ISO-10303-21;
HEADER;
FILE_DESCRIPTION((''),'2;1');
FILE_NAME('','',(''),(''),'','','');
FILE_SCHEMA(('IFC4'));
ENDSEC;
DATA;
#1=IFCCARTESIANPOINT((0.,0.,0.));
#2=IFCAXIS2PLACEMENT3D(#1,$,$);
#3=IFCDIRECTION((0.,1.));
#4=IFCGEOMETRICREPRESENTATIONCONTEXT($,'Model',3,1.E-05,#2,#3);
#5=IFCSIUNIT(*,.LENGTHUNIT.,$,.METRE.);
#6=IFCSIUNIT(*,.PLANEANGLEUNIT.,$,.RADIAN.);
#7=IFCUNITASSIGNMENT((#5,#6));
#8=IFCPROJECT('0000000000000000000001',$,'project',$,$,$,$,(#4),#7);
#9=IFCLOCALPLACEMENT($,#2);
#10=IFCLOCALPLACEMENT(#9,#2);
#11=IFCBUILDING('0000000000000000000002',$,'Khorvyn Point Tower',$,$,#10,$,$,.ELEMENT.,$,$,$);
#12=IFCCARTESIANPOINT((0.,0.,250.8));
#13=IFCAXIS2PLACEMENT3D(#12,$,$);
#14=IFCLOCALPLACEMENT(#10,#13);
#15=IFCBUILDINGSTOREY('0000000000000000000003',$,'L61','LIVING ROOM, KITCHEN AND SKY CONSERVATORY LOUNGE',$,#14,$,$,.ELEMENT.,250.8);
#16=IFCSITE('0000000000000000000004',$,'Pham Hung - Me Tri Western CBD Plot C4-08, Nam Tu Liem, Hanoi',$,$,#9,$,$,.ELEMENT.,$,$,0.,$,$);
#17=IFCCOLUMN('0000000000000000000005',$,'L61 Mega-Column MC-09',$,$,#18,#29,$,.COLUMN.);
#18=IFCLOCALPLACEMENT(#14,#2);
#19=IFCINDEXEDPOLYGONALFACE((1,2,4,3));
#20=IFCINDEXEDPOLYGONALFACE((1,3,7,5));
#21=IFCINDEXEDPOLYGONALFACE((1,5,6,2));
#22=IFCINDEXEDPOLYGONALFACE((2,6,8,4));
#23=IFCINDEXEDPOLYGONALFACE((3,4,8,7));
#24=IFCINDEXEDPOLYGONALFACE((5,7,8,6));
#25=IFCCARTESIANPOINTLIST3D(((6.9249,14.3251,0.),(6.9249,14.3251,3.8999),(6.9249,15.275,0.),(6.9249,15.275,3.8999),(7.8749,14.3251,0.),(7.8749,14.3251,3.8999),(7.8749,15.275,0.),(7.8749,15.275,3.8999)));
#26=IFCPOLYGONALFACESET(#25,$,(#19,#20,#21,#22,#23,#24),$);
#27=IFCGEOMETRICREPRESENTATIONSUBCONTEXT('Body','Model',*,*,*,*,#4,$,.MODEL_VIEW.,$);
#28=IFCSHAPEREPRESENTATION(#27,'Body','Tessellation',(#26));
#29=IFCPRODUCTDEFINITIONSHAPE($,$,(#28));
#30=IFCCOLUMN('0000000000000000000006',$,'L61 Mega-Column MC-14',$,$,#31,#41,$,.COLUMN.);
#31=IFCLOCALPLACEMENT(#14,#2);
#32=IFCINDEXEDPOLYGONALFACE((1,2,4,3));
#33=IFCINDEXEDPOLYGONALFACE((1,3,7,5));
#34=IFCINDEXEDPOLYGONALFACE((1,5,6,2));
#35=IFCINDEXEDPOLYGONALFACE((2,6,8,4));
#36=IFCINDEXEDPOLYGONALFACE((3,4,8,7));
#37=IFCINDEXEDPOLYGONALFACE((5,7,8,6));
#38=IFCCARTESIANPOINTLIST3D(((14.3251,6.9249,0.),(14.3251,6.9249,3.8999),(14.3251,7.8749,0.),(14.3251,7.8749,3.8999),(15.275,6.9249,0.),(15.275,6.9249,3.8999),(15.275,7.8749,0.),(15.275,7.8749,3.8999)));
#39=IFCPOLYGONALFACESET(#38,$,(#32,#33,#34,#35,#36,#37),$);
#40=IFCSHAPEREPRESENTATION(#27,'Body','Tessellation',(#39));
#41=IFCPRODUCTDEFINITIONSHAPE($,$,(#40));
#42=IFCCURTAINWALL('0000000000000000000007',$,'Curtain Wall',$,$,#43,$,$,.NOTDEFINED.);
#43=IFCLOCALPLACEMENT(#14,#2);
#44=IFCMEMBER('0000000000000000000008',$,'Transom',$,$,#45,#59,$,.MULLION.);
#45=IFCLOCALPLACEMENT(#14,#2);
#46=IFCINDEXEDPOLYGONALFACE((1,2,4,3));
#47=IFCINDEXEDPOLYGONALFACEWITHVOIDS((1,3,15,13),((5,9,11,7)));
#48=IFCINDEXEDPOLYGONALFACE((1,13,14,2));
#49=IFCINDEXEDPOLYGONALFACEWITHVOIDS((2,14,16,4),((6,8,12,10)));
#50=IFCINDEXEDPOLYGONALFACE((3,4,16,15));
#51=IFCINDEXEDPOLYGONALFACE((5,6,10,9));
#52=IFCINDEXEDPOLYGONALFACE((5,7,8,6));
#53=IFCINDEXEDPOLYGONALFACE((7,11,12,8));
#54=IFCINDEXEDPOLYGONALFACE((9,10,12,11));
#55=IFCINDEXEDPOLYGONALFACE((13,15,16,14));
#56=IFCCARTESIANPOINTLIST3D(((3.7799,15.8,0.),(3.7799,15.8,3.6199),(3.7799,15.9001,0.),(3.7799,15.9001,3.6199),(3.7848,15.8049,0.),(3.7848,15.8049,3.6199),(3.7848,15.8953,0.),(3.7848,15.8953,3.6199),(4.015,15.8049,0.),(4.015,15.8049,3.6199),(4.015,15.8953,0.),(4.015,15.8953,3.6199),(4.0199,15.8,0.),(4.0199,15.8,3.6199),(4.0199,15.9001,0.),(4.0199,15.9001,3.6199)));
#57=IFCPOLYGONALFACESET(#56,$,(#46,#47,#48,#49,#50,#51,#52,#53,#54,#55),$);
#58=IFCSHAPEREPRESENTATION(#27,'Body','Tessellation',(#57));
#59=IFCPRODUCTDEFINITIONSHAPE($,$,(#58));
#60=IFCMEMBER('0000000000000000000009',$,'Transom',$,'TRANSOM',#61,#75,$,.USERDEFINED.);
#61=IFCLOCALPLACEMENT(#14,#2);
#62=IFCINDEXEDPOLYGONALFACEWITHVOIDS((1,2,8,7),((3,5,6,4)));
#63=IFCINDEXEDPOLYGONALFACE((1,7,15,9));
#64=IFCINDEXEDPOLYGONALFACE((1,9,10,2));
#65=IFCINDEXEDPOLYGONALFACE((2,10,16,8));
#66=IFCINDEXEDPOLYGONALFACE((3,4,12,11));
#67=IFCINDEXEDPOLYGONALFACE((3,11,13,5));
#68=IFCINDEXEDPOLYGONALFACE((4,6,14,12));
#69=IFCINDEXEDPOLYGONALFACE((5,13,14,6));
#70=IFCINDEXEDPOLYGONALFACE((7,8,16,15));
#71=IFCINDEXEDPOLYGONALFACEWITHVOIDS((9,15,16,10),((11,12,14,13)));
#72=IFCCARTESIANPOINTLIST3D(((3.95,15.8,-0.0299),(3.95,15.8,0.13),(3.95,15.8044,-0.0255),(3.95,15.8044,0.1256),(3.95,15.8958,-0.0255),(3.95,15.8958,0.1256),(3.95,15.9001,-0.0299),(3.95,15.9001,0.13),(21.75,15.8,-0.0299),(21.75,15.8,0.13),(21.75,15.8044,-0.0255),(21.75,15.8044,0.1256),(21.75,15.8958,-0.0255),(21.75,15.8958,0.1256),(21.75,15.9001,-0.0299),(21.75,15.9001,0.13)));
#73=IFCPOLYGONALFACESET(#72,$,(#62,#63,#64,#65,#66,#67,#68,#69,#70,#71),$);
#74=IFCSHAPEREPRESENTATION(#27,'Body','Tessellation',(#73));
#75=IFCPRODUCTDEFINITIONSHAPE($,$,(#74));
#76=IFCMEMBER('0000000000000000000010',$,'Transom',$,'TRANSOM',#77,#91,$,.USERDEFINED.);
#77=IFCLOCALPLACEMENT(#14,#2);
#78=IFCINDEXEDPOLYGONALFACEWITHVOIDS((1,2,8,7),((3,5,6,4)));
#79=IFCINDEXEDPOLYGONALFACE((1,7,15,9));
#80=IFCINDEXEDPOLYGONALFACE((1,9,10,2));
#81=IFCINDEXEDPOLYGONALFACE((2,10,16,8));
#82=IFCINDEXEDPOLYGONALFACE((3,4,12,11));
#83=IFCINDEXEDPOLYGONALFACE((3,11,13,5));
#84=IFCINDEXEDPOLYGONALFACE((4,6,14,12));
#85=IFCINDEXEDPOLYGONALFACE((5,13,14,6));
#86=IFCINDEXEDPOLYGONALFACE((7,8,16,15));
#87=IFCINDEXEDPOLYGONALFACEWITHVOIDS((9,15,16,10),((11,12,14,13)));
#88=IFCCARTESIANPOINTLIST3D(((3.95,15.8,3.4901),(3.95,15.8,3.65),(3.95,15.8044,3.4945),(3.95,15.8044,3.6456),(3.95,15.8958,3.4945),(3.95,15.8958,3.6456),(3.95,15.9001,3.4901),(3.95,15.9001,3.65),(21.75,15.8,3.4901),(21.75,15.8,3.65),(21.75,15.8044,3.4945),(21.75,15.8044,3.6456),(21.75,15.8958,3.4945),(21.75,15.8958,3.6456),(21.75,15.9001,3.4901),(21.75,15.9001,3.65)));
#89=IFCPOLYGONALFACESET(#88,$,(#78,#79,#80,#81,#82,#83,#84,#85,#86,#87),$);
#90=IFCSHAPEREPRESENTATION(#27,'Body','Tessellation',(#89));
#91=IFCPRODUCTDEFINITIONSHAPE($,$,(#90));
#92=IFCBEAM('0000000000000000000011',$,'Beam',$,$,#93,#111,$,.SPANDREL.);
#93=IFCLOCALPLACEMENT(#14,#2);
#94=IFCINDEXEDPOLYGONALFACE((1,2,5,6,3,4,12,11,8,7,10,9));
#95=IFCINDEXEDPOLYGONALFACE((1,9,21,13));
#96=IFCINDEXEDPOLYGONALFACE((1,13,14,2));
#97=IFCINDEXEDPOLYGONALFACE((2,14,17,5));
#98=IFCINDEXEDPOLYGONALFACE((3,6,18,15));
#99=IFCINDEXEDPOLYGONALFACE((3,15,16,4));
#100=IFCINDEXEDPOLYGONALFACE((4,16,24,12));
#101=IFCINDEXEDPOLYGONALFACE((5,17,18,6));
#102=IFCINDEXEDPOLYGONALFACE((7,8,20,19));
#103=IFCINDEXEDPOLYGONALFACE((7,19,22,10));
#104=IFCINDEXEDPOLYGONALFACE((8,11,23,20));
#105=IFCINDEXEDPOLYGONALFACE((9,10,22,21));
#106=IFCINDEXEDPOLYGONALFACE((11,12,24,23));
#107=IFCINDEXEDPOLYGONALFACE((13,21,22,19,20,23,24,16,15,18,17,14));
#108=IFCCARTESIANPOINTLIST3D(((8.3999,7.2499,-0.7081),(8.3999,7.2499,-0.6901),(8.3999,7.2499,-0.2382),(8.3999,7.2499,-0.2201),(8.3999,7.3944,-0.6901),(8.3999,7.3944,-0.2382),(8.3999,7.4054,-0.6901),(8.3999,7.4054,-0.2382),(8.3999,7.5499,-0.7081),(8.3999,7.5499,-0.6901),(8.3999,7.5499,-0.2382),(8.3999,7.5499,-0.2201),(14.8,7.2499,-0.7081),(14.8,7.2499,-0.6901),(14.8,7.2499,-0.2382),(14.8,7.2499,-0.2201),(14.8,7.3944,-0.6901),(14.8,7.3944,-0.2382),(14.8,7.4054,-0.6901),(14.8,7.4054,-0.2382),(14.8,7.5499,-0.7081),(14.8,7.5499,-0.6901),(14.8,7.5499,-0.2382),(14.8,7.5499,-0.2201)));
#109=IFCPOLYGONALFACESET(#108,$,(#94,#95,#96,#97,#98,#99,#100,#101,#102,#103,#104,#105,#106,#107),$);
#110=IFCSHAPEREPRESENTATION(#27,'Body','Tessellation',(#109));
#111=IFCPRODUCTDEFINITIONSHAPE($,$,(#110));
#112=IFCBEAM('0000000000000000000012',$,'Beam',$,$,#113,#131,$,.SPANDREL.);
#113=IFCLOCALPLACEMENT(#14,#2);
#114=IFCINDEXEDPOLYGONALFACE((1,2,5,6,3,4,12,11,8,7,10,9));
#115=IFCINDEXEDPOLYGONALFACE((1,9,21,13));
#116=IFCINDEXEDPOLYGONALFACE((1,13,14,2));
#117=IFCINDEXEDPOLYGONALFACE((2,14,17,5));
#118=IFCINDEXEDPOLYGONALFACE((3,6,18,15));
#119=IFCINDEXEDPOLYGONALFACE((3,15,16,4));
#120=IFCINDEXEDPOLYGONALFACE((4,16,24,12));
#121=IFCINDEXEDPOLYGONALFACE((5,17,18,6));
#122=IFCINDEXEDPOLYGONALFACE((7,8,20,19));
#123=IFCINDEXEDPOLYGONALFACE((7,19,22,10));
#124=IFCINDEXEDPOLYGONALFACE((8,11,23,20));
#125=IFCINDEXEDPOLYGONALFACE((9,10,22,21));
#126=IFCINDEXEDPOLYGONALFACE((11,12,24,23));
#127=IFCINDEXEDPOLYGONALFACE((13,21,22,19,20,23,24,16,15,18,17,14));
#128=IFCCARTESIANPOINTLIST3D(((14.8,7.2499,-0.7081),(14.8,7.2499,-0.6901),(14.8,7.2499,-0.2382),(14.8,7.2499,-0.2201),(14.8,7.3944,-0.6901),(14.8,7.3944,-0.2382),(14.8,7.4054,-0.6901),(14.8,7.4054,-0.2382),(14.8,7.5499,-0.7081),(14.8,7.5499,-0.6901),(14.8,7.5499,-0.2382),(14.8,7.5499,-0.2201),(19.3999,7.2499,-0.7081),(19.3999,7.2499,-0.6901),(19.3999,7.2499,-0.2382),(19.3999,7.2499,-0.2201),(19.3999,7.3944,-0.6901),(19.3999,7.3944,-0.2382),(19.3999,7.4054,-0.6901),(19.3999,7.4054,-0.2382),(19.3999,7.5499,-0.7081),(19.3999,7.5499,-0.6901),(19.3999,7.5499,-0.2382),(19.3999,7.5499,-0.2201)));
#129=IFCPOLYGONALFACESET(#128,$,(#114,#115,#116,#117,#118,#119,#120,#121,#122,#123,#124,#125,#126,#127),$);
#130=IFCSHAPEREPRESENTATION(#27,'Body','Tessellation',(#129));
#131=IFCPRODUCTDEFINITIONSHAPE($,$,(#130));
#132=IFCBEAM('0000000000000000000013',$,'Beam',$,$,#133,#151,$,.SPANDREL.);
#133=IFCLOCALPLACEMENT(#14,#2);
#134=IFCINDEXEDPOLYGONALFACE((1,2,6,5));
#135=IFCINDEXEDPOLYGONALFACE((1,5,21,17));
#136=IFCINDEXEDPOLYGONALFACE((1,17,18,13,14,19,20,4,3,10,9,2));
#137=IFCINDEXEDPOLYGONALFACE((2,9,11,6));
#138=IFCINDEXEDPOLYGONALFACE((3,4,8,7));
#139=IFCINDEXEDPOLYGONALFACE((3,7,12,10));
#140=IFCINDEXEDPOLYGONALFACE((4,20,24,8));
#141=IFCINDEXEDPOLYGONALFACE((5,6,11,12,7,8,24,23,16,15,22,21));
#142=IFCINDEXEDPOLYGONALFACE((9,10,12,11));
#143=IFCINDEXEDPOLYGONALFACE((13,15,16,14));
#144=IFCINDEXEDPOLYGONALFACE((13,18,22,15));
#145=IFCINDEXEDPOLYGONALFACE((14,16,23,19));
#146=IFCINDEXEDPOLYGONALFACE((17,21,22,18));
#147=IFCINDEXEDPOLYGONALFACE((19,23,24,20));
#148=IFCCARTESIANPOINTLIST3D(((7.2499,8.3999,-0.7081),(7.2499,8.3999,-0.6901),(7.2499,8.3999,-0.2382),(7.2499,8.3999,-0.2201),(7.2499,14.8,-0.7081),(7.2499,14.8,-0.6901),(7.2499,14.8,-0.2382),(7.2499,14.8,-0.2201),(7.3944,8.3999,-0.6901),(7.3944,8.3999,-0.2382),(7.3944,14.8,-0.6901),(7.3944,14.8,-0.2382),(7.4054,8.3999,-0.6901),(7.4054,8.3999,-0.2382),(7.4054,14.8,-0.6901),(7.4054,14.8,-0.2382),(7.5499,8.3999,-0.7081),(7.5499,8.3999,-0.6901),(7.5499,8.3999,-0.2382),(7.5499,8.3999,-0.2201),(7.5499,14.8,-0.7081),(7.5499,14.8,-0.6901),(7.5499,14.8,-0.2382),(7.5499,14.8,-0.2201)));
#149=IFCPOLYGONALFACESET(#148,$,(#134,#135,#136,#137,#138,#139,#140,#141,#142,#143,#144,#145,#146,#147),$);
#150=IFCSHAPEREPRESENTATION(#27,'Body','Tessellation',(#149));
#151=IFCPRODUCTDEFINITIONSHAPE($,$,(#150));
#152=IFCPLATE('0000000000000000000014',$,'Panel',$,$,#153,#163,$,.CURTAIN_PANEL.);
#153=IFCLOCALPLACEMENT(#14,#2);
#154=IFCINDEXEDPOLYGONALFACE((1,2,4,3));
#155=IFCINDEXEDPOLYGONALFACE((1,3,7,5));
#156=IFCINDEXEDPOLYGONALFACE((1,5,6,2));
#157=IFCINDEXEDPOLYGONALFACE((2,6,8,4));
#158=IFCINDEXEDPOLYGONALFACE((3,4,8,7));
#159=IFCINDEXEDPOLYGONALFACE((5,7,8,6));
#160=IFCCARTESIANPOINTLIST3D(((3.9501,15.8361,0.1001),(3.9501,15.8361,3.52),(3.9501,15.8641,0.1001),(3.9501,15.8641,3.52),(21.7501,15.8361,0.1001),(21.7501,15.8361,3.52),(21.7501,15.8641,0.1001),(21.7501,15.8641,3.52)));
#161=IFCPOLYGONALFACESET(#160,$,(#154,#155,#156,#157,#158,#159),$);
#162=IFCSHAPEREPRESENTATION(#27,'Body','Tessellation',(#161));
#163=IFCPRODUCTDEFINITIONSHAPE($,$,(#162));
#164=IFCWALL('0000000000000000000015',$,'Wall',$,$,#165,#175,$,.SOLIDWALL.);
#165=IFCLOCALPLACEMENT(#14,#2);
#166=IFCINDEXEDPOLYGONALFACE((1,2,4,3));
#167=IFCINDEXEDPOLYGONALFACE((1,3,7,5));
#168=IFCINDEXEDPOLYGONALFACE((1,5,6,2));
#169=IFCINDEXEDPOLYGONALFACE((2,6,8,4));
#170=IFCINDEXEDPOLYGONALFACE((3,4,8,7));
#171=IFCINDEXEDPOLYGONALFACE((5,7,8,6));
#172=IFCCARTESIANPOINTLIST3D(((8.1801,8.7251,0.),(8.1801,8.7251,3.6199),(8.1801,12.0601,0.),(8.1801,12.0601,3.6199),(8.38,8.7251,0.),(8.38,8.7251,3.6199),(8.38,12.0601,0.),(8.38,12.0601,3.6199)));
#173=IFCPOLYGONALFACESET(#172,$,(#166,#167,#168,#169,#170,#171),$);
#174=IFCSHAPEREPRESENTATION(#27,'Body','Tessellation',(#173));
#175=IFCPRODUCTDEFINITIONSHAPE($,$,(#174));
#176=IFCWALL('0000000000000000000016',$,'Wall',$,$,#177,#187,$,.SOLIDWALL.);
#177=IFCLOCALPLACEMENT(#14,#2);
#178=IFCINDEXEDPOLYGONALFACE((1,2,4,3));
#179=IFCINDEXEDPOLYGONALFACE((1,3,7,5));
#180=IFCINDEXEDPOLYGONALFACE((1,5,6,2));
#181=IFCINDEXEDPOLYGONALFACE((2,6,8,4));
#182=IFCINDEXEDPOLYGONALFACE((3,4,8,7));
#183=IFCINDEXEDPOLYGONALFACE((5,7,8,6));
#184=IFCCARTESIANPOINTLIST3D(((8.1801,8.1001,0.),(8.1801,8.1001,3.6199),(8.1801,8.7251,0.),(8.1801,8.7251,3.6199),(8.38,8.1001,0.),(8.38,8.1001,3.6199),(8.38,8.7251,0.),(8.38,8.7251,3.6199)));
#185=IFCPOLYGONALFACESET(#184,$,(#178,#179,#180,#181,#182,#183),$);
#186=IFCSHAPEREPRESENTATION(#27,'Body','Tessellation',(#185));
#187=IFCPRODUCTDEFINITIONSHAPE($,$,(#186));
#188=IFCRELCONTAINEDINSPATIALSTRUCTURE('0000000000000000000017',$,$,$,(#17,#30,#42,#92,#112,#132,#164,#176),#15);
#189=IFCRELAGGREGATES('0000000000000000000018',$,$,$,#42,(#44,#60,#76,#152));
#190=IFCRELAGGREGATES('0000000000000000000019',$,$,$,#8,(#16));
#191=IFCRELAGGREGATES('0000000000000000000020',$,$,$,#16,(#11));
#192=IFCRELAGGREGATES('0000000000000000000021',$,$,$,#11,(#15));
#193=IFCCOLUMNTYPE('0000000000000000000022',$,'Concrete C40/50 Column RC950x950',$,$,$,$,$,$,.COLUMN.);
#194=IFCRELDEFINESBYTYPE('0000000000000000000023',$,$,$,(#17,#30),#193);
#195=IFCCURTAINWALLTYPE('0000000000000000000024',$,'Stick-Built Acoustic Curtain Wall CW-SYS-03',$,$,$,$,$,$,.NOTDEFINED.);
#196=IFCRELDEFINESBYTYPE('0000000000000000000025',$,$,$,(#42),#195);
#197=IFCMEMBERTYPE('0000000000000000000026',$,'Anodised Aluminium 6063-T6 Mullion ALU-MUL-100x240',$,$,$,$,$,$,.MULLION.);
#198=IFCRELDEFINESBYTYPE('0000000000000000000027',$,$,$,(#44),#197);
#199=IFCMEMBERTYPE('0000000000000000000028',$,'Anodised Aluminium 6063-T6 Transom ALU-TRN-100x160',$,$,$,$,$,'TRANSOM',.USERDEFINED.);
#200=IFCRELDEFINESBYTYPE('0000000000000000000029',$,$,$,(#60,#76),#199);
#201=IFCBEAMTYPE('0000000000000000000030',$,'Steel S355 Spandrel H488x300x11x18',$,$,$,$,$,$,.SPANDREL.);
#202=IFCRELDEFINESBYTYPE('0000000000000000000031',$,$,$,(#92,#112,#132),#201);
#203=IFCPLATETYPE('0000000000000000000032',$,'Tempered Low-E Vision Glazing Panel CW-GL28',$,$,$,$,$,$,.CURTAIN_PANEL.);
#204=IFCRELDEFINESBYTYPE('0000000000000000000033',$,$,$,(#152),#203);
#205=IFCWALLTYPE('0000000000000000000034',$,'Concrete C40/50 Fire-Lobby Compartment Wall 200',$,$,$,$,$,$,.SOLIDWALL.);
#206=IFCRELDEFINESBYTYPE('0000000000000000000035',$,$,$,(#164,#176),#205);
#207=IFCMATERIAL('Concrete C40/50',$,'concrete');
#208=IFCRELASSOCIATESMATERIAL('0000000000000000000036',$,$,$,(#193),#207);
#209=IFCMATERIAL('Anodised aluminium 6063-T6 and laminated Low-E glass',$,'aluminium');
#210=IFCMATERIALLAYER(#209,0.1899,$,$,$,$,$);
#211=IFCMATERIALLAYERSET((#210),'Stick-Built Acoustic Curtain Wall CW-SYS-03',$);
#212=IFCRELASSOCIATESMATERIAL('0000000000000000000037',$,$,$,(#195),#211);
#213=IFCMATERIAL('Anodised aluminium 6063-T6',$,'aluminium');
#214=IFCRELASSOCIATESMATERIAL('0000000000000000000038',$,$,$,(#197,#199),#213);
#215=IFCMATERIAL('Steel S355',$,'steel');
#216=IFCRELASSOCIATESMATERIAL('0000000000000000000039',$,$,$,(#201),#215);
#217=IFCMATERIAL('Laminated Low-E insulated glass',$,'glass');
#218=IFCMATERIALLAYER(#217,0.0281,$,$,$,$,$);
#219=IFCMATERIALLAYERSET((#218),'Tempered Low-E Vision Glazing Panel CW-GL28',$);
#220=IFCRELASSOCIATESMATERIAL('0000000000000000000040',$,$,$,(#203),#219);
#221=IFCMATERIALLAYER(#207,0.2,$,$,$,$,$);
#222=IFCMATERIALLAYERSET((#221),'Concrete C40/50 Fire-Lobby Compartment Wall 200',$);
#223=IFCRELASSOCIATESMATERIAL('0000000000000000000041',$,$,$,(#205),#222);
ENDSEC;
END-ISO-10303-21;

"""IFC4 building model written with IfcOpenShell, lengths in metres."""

from ifc_helpers import new_model, si_unit, direction, frame, frame_2d, origin, origin_2d, place, context, subcontext, project, spatial, rectangle, hollow_rectangle, i_section, extrude, material, layer, layer_set, material_profile, profile_set, type_object, element, aggregate, save


model = new_model("IFC4")

# Units and contexts
model_context = context("Model", 3, precision=1e-05, world=origin(), true_north=direction((0.0, 1.0)))
body_context = subcontext(model_context, "Body", "Model", "MODEL_VIEW")
ifc_project = project(units=[si_unit("LENGTHUNIT", "METRE"), si_unit("PLANEANGLEUNIT", "RADIAN")], contexts=[model_context])

# Site, building, storey
site_placement = place(None, origin())
site = spatial("IfcSite", under=ifc_project, at=site_placement, Name="Pham Hung - Me Tri Western CBD Plot C4-08, Nam Tu Liem, Hanoi", CompositionType="ELEMENT", RefElevation=0.0)
building_placement = place(site_placement, origin())
building = spatial("IfcBuilding", under=site, at=building_placement, Name="Khorvyn Point Tower", CompositionType="ELEMENT")
storey_placement = place(building_placement, frame((0.0, 0.0, 250.8)))
storey = spatial("IfcBuildingStorey", under=building, at=storey_placement, Name="L61", Description="LIVING ROOM, KITCHEN AND SKY CONSERVATORY LOUNGE", CompositionType="ELEMENT", Elevation=250.8)

# Columns
ifc_material_1 = material(Name="Concrete C40/50", Category="concrete")
ifc_material_profile_1 = material_profile(ifc_material_1, rectangle(XDim=0.95, YDim=0.95, at=origin_2d()))
ifc_profile_set_1 = profile_set([ifc_material_profile_1], Name="Concrete C40/50 RC950x950")
column_type = type_object("IfcColumnType", Name="Concrete C40/50 Column RC950x950", PredefinedType="COLUMN", material=ifc_profile_set_1)
for number, where, z_axis, x_axis, name in (
    (1, (7.3999, 14.8, 0.0), (0.0, 0.0, 1.0), (1.0, 0.0, 0.0), "L61 Mega-Column MC-09"),
    (2, (14.8, 7.3999, 0.0), (0.0, 0.0, 1.0), (1.0, 0.0, 0.0), "L61 Mega-Column MC-14"),
):
    element("IfcColumn", number, at=place(storey_placement, frame(where, z_axis=z_axis, x_axis=x_axis)), inside=storey, type_object=column_type, Name=name, PredefinedType="COLUMN", context=body_context, shape_type="SweptSolid", body=[
        extrude(rectangle(XDim=0.95, YDim=0.95, at=origin_2d()), origin(), (0.0, 0.0, 1.0), 3.8999),
    ])

# Curtain wall, members
ifc_material_2 = material(Name="Anodised aluminium 6063-T6 and laminated Low-E glass", Category="aluminium")
ifc_layer_1 = layer(ifc_material_2, 0.1899)
ifc_layer_set_1 = layer_set([ifc_layer_1], Name="Stick-Built Acoustic Curtain Wall CW-SYS-03")
curtain_wall_type = type_object("IfcCurtainWallType", Name="Stick-Built Acoustic Curtain Wall CW-SYS-03", PredefinedType="NOTDEFINED", material=ifc_layer_set_1)
curtain_wall_placement = place(storey_placement, origin())
curtain_wall = element("IfcCurtainWall", 3, at=curtain_wall_placement, inside=storey, type_object=curtain_wall_type, Name="Curtain Wall", PredefinedType="NOTDEFINED")
ifc_material_3 = material(Name="Anodised aluminium 6063-T6", Category="aluminium")
ifc_material_profile_2 = material_profile(ifc_material_3, hollow_rectangle(XDim=0.1001, YDim=0.24, WallThickness=0.0049, at=origin_2d()))
ifc_profile_set_2 = profile_set([ifc_material_profile_2], Name="Anodised aluminium 6063-T6 ALU-MUL-100x240")
member_type_1 = type_object("IfcMemberType", Name="Anodised Aluminium 6063-T6 Mullion ALU-MUL-100x240", PredefinedType="MULLION", material=ifc_profile_set_2)
member_1_placement = place(storey_placement, frame((3.8999, 15.8501, 0.0), z_axis=(0.0, 0.0, 1.0), x_axis=(0.0, 1.0, 0.0)))
member_1 = element("IfcMember", 4, at=member_1_placement, type_object=member_type_1, Name="Transom", PredefinedType="MULLION", context=body_context, shape_type="SweptSolid", body=[
    extrude(hollow_rectangle(XDim=0.1001, YDim=0.24, WallThickness=0.0049, at=origin_2d()), origin(), (0.0, 0.0, 1.0), 3.6199),
])
ifc_material_profile_3 = material_profile(ifc_material_3, hollow_rectangle(XDim=0.1001, YDim=0.1599, WallThickness=0.0044, at=origin_2d()))
ifc_profile_set_3 = profile_set([ifc_material_profile_3], Name="Anodised aluminium 6063-T6 ALU-TRN-100x160")
member_type_2 = type_object("IfcMemberType", Name="Anodised Aluminium 6063-T6 Transom ALU-TRN-100x160", ElementType="TRANSOM", PredefinedType="USERDEFINED", material=ifc_profile_set_3)
member_2_placement = place(storey_placement, frame((3.95, 15.8501, 0.05), z_axis=(1.0, 0.0, 0.0), x_axis=(0.0, 1.0, 0.0)))
member_2 = element("IfcMember", 5, at=member_2_placement, type_object=member_type_2, Name="Transom", ObjectType="TRANSOM", PredefinedType="USERDEFINED", context=body_context, shape_type="SweptSolid", body=[
    extrude(hollow_rectangle(XDim=0.1001, YDim=0.1599, WallThickness=0.0044, at=origin_2d()), origin(), (0.0, 0.0, 1.0), 17.8),
])
member_3_placement = place(storey_placement, frame((3.95, 15.8501, 3.5701), z_axis=(1.0, 0.0, 0.0), x_axis=(0.0, 1.0, 0.0)))
member_3 = element("IfcMember", 6, at=member_3_placement, type_object=member_type_2, Name="Transom", ObjectType="TRANSOM", PredefinedType="USERDEFINED", context=body_context, shape_type="SweptSolid", body=[
    extrude(hollow_rectangle(XDim=0.1001, YDim=0.1599, WallThickness=0.0044, at=origin_2d()), origin(), (0.0, 0.0, 1.0), 17.8),
])

# Beams
ifc_material_4 = material(Name="Steel S355", Category="steel")
ifc_material_profile_4 = material_profile(ifc_material_4, i_section(OverallWidth=0.3, OverallDepth=0.488, WebThickness=0.011, FlangeThickness=0.0181, at=origin_2d()))
ifc_profile_set_4 = profile_set([ifc_material_profile_4], Name="Steel S355 H488x300x11x18")
beam_type = type_object("IfcBeamType", Name="Steel S355 Spandrel H488x300x11x18", PredefinedType="SPANDREL", material=ifc_profile_set_4)
beam_1_placement = place(storey_placement, frame((8.3999, 7.3999, -0.4641), z_axis=(1.0, 0.0, 0.0), x_axis=(0.0, 1.0, 0.0)))
element("IfcBeam", 7, at=beam_1_placement, inside=storey, type_object=beam_type, Name="Beam", PredefinedType="SPANDREL", context=body_context, shape_type="SweptSolid", body=[
    extrude(i_section(OverallWidth=0.3, OverallDepth=0.488, WebThickness=0.011, FlangeThickness=0.0181, at=origin_2d()), origin(), (0.0, 0.0, 1.0), 6.4001),
])
beam_2_placement = place(storey_placement, frame((14.8, 7.3999, -0.4641), z_axis=(1.0, 0.0, 0.0), x_axis=(0.0, 1.0, 0.0)))
element("IfcBeam", 8, at=beam_2_placement, inside=storey, type_object=beam_type, Name="Beam", PredefinedType="SPANDREL", context=body_context, shape_type="SweptSolid", body=[
    extrude(i_section(OverallWidth=0.3, OverallDepth=0.488, WebThickness=0.011, FlangeThickness=0.0181, at=origin_2d()), origin(), (0.0, 0.0, 1.0), 4.5999),
])
beam_3_placement = place(storey_placement, frame((7.3999, 8.3999, -0.4641), z_axis=(0.0, 1.0, 0.0), x_axis=(-1.0, 0.0, 0.0)))
element("IfcBeam", 9, at=beam_3_placement, inside=storey, type_object=beam_type, Name="Beam", PredefinedType="SPANDREL", context=body_context, shape_type="SweptSolid", body=[
    extrude(i_section(OverallWidth=0.3, OverallDepth=0.488, WebThickness=0.011, FlangeThickness=0.0181, at=origin_2d()), origin(), (0.0, 0.0, 1.0), 6.4001),
])

# Plate
ifc_material_5 = material(Name="Laminated Low-E insulated glass", Category="glass")
ifc_layer_2 = layer(ifc_material_5, 0.0281)
ifc_layer_set_2 = layer_set([ifc_layer_2], Name="Tempered Low-E Vision Glazing Panel CW-GL28")
plate_type = type_object("IfcPlateType", Name="Tempered Low-E Vision Glazing Panel CW-GL28", PredefinedType="CURTAIN_PANEL", material=ifc_layer_set_2)
plate_placement = place(storey_placement, frame((12.8501, 15.8501, 0.1001), z_axis=(0.0, 0.0, 1.0), x_axis=(1.0, 0.0, 0.0)))
plate = element("IfcPlate", 10, at=plate_placement, type_object=plate_type, Name="Panel", PredefinedType="CURTAIN_PANEL", context=body_context, shape_type="SweptSolid", body=[
    extrude(rectangle(XDim=17.8, YDim=0.0281, at=origin_2d()), origin(), (0.0, 0.0, 1.0), 3.4199),
])
aggregate(curtain_wall, [member_1, member_2, member_3, plate])

# Shared definitions
ifc_layer_3 = layer(ifc_material_1, 0.2)
ifc_layer_set_3 = layer_set([ifc_layer_3], Name="Concrete C40/50 Fire-Lobby Compartment Wall 200")
wall_type_1 = type_object("IfcWallType", Name="Concrete C40/50 Fire-Lobby Compartment Wall 200", PredefinedType="SOLIDWALL", material=ifc_layer_set_3)

# Walls
wall_1_placement = place(storey_placement, frame((8.28, 8.7251, 0.0), z_axis=(0.0, 0.0, 1.0), x_axis=(0.0, 1.0, 0.0)))
element("IfcWall", 11, at=wall_1_placement, inside=storey, type_object=wall_type_1, Name="Wall", PredefinedType="SOLIDWALL", context=body_context, shape_type="SweptSolid", body=[
    extrude(rectangle(XDim=3.335, YDim=0.2, at=frame_2d((1.6675, 0.0))), origin(), (0.0, 0.0, 1.0), 3.6199),
])
wall_2_placement = place(storey_placement, frame((8.28, 8.1001, 0.0), z_axis=(0.0, 0.0, 1.0), x_axis=(0.0, 1.0, 0.0)))
element("IfcWall", 12, at=wall_2_placement, inside=storey, type_object=wall_type_1, Name="Wall", PredefinedType="SOLIDWALL", context=body_context, shape_type="SweptSolid", body=[
    extrude(rectangle(XDim=0.625, YDim=0.2, at=frame_2d((0.3125, 0.0))), origin(), (0.0, 0.0, 1.0), 3.6199),
])

save(model, "model.ifc")
